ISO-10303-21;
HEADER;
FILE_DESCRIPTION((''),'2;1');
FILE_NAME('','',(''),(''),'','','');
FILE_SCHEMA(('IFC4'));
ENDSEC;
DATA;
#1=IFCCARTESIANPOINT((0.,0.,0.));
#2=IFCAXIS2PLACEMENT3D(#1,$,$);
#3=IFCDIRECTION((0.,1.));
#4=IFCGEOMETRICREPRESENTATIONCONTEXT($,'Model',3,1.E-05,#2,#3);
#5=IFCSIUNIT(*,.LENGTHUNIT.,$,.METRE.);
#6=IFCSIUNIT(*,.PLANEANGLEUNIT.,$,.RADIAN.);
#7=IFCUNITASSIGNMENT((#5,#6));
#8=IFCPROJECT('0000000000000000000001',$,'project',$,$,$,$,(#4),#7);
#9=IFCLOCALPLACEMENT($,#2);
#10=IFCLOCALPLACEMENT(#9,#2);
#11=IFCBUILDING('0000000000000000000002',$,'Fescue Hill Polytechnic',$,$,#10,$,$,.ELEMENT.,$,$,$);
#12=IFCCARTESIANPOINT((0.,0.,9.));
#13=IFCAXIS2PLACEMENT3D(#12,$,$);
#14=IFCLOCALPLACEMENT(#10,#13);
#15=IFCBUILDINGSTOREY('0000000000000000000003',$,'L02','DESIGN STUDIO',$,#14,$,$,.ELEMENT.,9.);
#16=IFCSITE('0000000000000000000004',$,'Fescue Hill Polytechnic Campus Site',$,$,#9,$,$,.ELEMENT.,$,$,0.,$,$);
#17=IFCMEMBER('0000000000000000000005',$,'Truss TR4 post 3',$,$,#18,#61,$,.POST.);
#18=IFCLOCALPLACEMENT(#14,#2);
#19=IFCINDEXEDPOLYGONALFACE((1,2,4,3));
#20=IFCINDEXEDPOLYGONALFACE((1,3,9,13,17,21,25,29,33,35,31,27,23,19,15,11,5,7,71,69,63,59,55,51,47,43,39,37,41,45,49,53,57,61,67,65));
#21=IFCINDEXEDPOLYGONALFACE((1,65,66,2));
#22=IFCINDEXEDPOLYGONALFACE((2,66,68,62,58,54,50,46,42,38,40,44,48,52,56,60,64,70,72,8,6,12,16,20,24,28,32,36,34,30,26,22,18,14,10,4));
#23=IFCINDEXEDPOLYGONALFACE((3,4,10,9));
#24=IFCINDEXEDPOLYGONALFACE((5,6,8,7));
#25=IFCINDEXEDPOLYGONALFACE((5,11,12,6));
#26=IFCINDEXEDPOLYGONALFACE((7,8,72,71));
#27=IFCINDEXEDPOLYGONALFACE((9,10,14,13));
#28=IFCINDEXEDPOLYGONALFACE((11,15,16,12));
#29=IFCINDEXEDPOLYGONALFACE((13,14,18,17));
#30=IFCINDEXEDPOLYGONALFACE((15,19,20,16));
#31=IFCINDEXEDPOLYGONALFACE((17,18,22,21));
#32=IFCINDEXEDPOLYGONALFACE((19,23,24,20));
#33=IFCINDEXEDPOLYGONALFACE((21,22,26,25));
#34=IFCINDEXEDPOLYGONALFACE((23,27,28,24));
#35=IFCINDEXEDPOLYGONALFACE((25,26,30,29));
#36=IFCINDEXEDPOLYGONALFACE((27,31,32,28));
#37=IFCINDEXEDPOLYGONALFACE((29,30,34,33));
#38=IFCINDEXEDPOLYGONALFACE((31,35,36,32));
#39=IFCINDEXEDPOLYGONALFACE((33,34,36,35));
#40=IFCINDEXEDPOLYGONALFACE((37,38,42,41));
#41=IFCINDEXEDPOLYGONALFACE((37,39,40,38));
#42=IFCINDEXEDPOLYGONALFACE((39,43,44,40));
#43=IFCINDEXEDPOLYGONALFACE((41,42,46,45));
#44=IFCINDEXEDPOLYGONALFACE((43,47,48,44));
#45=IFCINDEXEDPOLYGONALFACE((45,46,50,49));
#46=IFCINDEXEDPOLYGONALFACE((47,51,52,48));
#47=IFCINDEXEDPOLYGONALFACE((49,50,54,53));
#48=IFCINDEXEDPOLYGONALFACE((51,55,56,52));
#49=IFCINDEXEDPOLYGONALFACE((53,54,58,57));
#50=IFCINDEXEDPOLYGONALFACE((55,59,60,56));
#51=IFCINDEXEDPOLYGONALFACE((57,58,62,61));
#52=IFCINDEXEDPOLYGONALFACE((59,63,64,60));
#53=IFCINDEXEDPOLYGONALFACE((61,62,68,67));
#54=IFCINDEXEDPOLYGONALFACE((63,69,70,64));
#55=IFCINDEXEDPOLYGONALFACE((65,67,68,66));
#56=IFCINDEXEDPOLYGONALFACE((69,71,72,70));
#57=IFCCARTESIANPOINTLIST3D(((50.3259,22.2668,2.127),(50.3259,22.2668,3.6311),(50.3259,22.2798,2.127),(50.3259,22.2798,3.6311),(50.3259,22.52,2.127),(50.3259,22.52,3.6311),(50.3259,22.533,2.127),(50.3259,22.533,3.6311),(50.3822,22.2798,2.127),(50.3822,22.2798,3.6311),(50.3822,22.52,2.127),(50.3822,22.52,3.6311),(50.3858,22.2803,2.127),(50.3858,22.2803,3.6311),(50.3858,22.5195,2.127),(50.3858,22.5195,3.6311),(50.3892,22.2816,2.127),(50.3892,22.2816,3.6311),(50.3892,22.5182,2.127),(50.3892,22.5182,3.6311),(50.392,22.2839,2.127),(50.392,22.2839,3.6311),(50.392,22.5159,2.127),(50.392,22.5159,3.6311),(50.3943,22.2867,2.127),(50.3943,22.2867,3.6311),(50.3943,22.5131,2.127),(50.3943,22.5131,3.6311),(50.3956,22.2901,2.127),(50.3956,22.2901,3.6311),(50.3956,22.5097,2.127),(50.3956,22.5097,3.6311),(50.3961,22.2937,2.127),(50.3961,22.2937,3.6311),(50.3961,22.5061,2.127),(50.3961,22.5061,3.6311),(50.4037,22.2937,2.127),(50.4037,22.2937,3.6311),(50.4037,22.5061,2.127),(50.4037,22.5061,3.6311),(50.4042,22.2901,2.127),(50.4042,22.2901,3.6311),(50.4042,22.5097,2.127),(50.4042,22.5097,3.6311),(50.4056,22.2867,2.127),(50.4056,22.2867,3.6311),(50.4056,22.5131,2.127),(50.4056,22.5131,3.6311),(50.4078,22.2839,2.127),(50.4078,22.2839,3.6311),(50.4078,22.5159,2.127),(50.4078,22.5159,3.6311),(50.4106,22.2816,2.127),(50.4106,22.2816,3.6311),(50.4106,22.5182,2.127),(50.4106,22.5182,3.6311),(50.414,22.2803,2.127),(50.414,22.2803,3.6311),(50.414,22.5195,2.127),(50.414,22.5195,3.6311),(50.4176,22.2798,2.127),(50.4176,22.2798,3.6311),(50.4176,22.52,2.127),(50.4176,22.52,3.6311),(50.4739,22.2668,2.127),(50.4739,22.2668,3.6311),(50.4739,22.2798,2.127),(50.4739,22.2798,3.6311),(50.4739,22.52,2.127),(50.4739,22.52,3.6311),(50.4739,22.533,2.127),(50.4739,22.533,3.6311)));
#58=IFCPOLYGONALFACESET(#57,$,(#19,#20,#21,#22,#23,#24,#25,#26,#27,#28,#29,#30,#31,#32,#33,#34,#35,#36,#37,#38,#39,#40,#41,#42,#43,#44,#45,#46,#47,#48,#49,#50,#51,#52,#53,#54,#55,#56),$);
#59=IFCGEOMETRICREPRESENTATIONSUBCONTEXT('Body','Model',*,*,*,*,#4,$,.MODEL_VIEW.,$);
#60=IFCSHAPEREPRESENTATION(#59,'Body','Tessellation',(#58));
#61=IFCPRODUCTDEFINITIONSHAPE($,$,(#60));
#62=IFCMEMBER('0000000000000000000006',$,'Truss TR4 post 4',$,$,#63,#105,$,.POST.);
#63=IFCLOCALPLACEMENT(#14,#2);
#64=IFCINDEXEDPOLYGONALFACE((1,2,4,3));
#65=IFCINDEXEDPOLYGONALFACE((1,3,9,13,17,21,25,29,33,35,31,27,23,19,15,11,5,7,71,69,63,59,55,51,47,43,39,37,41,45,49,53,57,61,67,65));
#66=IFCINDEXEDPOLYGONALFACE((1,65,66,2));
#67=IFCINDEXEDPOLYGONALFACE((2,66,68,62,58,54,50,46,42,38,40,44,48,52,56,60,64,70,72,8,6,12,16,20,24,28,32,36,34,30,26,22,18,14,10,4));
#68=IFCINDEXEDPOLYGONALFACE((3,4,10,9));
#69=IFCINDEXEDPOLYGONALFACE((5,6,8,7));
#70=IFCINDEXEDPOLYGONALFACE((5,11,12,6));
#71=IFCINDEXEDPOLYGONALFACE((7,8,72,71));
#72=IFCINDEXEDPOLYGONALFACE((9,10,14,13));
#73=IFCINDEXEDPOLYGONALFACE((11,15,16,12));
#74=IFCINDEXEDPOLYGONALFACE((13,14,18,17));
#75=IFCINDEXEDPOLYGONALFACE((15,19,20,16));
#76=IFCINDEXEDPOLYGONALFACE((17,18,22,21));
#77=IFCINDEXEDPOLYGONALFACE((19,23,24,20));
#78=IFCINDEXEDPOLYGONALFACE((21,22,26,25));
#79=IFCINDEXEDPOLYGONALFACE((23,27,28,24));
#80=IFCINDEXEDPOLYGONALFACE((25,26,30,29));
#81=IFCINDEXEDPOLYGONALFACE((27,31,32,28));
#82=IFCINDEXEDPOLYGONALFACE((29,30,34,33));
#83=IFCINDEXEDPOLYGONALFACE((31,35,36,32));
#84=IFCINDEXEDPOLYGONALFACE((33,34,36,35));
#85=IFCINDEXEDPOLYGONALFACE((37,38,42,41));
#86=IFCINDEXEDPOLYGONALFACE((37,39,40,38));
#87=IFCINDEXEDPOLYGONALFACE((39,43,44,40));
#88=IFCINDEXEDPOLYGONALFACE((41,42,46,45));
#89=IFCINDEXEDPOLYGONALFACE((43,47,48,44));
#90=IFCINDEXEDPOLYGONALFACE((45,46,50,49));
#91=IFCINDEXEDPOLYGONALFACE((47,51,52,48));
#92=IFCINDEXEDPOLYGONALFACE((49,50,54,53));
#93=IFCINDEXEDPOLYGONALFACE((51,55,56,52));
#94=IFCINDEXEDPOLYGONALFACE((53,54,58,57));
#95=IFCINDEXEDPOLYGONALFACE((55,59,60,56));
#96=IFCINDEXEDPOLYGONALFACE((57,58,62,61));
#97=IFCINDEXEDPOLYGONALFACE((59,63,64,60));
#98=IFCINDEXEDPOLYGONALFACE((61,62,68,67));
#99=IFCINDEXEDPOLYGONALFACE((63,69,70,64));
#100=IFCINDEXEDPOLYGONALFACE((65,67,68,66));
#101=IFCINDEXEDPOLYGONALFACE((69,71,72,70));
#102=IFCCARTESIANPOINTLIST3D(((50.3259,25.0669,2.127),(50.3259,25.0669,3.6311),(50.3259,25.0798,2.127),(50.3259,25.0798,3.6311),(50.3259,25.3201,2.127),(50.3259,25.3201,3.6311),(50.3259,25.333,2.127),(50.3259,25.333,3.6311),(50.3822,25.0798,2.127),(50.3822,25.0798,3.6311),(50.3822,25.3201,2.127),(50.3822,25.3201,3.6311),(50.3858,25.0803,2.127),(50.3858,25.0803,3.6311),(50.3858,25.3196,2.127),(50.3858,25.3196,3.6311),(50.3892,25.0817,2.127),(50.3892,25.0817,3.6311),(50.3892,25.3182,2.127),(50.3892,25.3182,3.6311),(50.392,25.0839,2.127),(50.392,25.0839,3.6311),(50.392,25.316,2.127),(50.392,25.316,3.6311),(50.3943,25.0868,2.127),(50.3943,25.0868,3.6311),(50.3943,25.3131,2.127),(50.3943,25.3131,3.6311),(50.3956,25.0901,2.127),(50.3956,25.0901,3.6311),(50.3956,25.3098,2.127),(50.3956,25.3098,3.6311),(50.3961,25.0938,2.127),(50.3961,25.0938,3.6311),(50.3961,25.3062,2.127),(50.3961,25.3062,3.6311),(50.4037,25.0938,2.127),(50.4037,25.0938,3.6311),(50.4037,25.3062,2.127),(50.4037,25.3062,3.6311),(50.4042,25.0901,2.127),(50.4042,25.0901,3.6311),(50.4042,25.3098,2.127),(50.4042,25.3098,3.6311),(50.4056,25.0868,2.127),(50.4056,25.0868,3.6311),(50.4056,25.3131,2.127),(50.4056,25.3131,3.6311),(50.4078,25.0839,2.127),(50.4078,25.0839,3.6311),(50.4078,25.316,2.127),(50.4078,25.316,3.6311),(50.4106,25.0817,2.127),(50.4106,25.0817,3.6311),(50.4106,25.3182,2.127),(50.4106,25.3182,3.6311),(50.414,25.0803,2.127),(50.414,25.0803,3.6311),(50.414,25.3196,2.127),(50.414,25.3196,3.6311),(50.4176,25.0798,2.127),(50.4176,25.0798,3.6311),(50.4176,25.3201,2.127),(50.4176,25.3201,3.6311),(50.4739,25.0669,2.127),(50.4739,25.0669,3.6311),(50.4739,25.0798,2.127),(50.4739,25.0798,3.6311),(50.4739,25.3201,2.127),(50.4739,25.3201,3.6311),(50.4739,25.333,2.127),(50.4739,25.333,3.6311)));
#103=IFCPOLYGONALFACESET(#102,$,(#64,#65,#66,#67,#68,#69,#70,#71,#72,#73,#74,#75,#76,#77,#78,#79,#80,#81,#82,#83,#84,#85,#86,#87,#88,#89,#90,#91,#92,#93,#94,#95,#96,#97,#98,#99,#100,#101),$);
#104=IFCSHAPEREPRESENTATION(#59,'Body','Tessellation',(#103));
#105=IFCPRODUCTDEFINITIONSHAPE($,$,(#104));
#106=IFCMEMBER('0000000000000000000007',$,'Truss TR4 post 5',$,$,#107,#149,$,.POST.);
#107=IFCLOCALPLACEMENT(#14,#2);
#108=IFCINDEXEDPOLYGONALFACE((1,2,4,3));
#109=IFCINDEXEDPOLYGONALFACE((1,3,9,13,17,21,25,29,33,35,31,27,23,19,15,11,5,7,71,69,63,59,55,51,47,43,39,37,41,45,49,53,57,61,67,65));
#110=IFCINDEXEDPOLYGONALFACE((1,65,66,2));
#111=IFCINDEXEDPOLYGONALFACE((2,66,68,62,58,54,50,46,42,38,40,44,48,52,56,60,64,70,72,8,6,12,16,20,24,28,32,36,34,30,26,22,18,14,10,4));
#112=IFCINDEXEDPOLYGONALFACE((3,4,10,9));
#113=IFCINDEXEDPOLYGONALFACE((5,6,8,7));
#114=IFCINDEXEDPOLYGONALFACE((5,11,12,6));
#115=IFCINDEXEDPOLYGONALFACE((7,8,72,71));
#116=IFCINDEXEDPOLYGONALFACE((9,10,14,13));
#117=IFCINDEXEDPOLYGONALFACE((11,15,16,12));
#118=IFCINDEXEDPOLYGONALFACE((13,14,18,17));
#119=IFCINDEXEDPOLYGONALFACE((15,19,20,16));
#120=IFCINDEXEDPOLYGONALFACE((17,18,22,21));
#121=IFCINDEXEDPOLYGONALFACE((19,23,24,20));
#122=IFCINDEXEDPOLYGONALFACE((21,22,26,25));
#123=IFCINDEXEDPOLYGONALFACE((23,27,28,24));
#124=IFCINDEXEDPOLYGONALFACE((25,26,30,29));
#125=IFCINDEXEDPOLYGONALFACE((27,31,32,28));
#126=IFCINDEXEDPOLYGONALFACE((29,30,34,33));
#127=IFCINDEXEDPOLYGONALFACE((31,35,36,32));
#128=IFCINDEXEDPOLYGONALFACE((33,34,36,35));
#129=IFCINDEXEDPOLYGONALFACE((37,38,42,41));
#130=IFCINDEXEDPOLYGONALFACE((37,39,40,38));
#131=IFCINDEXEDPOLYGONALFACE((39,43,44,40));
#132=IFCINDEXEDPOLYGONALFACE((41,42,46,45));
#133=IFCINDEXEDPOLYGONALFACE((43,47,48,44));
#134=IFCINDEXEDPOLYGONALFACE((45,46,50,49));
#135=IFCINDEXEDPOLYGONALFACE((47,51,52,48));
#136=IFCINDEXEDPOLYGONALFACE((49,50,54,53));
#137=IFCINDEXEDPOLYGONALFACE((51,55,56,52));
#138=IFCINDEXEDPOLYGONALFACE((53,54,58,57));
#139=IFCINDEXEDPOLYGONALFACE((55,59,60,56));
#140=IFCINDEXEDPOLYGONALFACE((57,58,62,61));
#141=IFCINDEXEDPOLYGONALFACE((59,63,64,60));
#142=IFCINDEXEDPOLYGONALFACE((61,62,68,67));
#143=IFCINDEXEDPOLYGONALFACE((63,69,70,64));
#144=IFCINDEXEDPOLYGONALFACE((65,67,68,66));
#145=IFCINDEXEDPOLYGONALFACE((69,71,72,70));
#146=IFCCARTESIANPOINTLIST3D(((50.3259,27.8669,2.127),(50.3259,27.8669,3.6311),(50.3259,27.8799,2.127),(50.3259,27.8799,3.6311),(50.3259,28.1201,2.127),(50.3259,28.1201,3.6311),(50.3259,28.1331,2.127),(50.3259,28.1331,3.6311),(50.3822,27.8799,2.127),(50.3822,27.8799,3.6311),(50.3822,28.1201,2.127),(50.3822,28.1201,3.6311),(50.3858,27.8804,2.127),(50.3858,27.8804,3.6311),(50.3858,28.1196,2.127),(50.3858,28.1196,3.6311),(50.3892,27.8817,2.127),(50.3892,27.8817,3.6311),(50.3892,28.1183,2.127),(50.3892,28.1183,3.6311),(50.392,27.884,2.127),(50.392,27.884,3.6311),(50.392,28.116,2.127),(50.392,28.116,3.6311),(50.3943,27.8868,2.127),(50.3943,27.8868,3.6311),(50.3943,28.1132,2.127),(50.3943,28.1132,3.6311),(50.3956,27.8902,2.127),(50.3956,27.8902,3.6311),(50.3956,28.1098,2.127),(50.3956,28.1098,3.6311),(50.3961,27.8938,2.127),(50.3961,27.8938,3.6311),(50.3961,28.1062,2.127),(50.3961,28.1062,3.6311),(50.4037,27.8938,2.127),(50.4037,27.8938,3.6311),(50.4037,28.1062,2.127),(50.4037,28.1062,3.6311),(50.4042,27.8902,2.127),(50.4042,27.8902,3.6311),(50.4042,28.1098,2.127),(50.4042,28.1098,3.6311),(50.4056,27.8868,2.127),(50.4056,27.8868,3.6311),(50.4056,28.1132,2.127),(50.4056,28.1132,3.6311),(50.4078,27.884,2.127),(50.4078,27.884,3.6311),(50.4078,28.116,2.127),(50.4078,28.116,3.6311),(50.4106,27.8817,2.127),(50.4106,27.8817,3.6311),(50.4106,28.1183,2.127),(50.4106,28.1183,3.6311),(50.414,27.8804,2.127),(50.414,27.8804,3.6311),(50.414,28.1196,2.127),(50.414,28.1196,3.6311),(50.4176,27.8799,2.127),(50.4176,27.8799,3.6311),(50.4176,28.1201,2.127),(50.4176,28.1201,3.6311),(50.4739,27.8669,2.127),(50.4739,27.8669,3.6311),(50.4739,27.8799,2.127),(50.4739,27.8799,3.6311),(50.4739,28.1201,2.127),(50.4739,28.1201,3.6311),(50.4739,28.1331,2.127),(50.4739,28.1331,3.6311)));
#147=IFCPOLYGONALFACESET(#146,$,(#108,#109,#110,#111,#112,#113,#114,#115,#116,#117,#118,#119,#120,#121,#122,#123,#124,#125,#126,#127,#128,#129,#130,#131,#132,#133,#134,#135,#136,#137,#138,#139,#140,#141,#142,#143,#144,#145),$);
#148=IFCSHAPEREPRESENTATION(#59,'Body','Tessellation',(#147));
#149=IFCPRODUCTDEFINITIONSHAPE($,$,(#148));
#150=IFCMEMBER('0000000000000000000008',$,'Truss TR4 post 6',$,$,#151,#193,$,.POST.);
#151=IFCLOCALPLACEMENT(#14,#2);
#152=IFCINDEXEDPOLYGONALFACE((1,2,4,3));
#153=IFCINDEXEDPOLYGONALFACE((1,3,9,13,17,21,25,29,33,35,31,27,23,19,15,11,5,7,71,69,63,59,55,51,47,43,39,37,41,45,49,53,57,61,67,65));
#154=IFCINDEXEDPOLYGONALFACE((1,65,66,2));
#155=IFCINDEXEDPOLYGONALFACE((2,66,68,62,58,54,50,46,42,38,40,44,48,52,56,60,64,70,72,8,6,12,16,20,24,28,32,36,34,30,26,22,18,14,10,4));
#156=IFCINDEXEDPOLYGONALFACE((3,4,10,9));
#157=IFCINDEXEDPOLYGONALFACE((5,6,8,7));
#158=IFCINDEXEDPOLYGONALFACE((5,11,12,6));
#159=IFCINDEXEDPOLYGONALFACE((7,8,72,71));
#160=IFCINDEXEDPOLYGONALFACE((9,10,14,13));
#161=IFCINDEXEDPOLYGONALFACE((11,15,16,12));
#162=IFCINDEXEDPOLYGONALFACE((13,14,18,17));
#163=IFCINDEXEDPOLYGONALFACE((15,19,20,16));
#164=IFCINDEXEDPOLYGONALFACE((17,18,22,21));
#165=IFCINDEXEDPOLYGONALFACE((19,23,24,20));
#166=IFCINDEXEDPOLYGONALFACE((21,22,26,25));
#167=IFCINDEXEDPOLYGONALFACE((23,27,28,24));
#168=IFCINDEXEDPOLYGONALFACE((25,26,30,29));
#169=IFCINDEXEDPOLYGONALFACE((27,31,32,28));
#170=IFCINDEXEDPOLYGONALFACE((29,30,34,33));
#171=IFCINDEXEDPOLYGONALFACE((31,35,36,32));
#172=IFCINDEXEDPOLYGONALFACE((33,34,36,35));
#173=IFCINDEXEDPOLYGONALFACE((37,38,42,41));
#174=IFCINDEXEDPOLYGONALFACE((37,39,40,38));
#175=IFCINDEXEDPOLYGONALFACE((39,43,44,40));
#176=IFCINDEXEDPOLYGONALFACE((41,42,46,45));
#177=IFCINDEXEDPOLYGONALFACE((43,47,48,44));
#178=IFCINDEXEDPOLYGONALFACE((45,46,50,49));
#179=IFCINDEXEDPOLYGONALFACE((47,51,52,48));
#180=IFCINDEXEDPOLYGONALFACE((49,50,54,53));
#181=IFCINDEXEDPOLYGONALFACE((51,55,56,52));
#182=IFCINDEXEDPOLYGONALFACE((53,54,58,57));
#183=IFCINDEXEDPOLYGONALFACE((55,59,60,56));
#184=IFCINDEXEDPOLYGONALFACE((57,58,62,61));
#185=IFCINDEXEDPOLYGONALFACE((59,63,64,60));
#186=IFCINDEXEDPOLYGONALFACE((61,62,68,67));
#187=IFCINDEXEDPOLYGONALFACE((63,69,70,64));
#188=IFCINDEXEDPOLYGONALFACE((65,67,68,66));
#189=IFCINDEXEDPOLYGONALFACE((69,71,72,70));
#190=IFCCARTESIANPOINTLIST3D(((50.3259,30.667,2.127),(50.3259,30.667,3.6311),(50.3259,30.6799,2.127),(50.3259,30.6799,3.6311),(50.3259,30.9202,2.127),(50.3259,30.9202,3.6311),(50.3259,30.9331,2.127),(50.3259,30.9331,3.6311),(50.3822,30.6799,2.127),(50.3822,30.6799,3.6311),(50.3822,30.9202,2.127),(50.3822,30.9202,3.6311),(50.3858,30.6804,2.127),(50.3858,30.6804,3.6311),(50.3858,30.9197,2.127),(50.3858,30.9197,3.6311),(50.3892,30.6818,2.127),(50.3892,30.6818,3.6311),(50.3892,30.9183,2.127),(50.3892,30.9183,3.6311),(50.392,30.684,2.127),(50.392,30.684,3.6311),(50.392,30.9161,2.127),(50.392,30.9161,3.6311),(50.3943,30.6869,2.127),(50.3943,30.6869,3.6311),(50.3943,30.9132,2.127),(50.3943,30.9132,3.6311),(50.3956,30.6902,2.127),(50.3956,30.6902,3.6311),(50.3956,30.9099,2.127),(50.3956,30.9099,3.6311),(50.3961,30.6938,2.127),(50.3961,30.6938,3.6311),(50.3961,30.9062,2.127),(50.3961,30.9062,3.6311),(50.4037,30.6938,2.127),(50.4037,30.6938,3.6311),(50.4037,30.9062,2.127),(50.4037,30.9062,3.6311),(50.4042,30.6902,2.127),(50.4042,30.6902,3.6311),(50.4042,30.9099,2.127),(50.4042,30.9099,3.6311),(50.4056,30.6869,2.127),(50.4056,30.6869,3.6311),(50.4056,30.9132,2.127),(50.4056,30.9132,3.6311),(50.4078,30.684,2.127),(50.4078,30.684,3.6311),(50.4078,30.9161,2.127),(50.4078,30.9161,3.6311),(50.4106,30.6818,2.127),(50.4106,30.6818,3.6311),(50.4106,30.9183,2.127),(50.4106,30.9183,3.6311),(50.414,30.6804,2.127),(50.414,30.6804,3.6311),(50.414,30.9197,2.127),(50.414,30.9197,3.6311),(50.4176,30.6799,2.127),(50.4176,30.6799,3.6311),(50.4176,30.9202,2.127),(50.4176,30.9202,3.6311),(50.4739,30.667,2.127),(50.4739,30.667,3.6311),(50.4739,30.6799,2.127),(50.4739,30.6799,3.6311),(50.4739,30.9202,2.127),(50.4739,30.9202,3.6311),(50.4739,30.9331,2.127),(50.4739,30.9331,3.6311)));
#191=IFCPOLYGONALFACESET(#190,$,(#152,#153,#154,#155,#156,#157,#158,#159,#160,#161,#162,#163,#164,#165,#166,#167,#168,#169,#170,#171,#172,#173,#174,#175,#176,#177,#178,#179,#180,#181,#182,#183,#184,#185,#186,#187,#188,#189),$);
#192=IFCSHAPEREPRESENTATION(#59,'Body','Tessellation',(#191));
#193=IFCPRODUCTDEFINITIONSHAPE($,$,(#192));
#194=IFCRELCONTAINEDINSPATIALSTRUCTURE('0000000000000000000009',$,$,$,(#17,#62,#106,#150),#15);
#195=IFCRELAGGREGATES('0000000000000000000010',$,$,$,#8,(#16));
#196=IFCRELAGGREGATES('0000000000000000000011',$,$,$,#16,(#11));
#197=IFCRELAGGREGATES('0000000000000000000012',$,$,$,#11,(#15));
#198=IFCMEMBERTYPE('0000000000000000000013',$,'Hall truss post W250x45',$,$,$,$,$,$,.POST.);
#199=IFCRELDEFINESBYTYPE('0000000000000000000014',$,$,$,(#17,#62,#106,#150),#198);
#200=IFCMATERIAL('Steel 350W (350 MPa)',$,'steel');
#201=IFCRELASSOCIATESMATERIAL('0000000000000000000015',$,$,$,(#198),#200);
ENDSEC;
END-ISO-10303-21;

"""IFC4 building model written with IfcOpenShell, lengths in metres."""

from ifc_helpers import new_model, si_unit, direction, frame, origin, origin_2d, place, context, subcontext, project, spatial, i_section, extrude, material, material_profile, profile_set, type_object, element, save


model = new_model("IFC4")

# Units and contexts
model_context = context("Model", 3, precision=1e-05, world=origin(), true_north=direction((0.0, 1.0)))
body_context = subcontext(model_context, "Body", "Model", "MODEL_VIEW")
ifc_project = project(units=[si_unit("LENGTHUNIT", "METRE"), si_unit("PLANEANGLEUNIT", "RADIAN")], contexts=[model_context])

# Site, building, storey
site_placement = place(None, origin())
site = spatial("IfcSite", under=ifc_project, at=site_placement, Name="Fescue Hill Polytechnic Campus Site", CompositionType="ELEMENT", RefElevation=0.0)
building_placement = place(site_placement, origin())
building = spatial("IfcBuilding", under=site, at=building_placement, Name="Fescue Hill Polytechnic", CompositionType="ELEMENT")
storey_placement = place(building_placement, frame((0.0, 0.0, 9.0)))
storey = spatial("IfcBuildingStorey", under=building, at=storey_placement, Name="L02", Description="DESIGN STUDIO", CompositionType="ELEMENT", Elevation=9.0)

# Members
ifc_material = material(Name="Steel 350W (350 MPa)", Category="steel")
ifc_material_profile_1 = material_profile(ifc_material, i_section(OverallWidth=0.1479, OverallDepth=0.2661, WebThickness=0.0076, FlangeThickness=0.0129, FilletRadius=0.0139, at=origin_2d()), Name="W250x45")
ifc_profile_set_1 = profile_set([ifc_material_profile_1], Name="Steel 350W (350 MPa)")
member_type_1 = type_object("IfcMemberType", Name="Hall truss post W250x45", PredefinedType="POST", material=ifc_profile_set_1)
for number, where, z_axis, x_axis, name in (
    (1, (50.3999, 22.3999, 2.127), (0.0, 0.0, 1.0), (1.0, 0.0, 0.0), "Truss TR4 post 3"),
    (2, (50.3999, 25.2, 2.127), (0.0, 0.0, 1.0), (1.0, 0.0, 0.0), "Truss TR4 post 4"),
    (3, (50.3999, 28.0, 2.127), (0.0, 0.0, 1.0), (1.0, 0.0, 0.0), "Truss TR4 post 5"),
    (4, (50.3999, 30.8, 2.127), (0.0, 0.0, 1.0), (1.0, 0.0, 0.0), "Truss TR4 post 6"),
):
    element("IfcMember", number, at=place(storey_placement, frame(where, z_axis=z_axis, x_axis=x_axis)), inside=storey, type_object=member_type_1, Name=name, PredefinedType="POST", context=body_context, shape_type="SweptSolid", body=[
        extrude(i_section(OverallWidth=0.1479, OverallDepth=0.2661, WebThickness=0.0076, FlangeThickness=0.0129, FilletRadius=0.0139, at=origin_2d()), origin(), (0.0, 0.0, 1.0), 1.5042),
    ])

save(model, "model.ifc")
